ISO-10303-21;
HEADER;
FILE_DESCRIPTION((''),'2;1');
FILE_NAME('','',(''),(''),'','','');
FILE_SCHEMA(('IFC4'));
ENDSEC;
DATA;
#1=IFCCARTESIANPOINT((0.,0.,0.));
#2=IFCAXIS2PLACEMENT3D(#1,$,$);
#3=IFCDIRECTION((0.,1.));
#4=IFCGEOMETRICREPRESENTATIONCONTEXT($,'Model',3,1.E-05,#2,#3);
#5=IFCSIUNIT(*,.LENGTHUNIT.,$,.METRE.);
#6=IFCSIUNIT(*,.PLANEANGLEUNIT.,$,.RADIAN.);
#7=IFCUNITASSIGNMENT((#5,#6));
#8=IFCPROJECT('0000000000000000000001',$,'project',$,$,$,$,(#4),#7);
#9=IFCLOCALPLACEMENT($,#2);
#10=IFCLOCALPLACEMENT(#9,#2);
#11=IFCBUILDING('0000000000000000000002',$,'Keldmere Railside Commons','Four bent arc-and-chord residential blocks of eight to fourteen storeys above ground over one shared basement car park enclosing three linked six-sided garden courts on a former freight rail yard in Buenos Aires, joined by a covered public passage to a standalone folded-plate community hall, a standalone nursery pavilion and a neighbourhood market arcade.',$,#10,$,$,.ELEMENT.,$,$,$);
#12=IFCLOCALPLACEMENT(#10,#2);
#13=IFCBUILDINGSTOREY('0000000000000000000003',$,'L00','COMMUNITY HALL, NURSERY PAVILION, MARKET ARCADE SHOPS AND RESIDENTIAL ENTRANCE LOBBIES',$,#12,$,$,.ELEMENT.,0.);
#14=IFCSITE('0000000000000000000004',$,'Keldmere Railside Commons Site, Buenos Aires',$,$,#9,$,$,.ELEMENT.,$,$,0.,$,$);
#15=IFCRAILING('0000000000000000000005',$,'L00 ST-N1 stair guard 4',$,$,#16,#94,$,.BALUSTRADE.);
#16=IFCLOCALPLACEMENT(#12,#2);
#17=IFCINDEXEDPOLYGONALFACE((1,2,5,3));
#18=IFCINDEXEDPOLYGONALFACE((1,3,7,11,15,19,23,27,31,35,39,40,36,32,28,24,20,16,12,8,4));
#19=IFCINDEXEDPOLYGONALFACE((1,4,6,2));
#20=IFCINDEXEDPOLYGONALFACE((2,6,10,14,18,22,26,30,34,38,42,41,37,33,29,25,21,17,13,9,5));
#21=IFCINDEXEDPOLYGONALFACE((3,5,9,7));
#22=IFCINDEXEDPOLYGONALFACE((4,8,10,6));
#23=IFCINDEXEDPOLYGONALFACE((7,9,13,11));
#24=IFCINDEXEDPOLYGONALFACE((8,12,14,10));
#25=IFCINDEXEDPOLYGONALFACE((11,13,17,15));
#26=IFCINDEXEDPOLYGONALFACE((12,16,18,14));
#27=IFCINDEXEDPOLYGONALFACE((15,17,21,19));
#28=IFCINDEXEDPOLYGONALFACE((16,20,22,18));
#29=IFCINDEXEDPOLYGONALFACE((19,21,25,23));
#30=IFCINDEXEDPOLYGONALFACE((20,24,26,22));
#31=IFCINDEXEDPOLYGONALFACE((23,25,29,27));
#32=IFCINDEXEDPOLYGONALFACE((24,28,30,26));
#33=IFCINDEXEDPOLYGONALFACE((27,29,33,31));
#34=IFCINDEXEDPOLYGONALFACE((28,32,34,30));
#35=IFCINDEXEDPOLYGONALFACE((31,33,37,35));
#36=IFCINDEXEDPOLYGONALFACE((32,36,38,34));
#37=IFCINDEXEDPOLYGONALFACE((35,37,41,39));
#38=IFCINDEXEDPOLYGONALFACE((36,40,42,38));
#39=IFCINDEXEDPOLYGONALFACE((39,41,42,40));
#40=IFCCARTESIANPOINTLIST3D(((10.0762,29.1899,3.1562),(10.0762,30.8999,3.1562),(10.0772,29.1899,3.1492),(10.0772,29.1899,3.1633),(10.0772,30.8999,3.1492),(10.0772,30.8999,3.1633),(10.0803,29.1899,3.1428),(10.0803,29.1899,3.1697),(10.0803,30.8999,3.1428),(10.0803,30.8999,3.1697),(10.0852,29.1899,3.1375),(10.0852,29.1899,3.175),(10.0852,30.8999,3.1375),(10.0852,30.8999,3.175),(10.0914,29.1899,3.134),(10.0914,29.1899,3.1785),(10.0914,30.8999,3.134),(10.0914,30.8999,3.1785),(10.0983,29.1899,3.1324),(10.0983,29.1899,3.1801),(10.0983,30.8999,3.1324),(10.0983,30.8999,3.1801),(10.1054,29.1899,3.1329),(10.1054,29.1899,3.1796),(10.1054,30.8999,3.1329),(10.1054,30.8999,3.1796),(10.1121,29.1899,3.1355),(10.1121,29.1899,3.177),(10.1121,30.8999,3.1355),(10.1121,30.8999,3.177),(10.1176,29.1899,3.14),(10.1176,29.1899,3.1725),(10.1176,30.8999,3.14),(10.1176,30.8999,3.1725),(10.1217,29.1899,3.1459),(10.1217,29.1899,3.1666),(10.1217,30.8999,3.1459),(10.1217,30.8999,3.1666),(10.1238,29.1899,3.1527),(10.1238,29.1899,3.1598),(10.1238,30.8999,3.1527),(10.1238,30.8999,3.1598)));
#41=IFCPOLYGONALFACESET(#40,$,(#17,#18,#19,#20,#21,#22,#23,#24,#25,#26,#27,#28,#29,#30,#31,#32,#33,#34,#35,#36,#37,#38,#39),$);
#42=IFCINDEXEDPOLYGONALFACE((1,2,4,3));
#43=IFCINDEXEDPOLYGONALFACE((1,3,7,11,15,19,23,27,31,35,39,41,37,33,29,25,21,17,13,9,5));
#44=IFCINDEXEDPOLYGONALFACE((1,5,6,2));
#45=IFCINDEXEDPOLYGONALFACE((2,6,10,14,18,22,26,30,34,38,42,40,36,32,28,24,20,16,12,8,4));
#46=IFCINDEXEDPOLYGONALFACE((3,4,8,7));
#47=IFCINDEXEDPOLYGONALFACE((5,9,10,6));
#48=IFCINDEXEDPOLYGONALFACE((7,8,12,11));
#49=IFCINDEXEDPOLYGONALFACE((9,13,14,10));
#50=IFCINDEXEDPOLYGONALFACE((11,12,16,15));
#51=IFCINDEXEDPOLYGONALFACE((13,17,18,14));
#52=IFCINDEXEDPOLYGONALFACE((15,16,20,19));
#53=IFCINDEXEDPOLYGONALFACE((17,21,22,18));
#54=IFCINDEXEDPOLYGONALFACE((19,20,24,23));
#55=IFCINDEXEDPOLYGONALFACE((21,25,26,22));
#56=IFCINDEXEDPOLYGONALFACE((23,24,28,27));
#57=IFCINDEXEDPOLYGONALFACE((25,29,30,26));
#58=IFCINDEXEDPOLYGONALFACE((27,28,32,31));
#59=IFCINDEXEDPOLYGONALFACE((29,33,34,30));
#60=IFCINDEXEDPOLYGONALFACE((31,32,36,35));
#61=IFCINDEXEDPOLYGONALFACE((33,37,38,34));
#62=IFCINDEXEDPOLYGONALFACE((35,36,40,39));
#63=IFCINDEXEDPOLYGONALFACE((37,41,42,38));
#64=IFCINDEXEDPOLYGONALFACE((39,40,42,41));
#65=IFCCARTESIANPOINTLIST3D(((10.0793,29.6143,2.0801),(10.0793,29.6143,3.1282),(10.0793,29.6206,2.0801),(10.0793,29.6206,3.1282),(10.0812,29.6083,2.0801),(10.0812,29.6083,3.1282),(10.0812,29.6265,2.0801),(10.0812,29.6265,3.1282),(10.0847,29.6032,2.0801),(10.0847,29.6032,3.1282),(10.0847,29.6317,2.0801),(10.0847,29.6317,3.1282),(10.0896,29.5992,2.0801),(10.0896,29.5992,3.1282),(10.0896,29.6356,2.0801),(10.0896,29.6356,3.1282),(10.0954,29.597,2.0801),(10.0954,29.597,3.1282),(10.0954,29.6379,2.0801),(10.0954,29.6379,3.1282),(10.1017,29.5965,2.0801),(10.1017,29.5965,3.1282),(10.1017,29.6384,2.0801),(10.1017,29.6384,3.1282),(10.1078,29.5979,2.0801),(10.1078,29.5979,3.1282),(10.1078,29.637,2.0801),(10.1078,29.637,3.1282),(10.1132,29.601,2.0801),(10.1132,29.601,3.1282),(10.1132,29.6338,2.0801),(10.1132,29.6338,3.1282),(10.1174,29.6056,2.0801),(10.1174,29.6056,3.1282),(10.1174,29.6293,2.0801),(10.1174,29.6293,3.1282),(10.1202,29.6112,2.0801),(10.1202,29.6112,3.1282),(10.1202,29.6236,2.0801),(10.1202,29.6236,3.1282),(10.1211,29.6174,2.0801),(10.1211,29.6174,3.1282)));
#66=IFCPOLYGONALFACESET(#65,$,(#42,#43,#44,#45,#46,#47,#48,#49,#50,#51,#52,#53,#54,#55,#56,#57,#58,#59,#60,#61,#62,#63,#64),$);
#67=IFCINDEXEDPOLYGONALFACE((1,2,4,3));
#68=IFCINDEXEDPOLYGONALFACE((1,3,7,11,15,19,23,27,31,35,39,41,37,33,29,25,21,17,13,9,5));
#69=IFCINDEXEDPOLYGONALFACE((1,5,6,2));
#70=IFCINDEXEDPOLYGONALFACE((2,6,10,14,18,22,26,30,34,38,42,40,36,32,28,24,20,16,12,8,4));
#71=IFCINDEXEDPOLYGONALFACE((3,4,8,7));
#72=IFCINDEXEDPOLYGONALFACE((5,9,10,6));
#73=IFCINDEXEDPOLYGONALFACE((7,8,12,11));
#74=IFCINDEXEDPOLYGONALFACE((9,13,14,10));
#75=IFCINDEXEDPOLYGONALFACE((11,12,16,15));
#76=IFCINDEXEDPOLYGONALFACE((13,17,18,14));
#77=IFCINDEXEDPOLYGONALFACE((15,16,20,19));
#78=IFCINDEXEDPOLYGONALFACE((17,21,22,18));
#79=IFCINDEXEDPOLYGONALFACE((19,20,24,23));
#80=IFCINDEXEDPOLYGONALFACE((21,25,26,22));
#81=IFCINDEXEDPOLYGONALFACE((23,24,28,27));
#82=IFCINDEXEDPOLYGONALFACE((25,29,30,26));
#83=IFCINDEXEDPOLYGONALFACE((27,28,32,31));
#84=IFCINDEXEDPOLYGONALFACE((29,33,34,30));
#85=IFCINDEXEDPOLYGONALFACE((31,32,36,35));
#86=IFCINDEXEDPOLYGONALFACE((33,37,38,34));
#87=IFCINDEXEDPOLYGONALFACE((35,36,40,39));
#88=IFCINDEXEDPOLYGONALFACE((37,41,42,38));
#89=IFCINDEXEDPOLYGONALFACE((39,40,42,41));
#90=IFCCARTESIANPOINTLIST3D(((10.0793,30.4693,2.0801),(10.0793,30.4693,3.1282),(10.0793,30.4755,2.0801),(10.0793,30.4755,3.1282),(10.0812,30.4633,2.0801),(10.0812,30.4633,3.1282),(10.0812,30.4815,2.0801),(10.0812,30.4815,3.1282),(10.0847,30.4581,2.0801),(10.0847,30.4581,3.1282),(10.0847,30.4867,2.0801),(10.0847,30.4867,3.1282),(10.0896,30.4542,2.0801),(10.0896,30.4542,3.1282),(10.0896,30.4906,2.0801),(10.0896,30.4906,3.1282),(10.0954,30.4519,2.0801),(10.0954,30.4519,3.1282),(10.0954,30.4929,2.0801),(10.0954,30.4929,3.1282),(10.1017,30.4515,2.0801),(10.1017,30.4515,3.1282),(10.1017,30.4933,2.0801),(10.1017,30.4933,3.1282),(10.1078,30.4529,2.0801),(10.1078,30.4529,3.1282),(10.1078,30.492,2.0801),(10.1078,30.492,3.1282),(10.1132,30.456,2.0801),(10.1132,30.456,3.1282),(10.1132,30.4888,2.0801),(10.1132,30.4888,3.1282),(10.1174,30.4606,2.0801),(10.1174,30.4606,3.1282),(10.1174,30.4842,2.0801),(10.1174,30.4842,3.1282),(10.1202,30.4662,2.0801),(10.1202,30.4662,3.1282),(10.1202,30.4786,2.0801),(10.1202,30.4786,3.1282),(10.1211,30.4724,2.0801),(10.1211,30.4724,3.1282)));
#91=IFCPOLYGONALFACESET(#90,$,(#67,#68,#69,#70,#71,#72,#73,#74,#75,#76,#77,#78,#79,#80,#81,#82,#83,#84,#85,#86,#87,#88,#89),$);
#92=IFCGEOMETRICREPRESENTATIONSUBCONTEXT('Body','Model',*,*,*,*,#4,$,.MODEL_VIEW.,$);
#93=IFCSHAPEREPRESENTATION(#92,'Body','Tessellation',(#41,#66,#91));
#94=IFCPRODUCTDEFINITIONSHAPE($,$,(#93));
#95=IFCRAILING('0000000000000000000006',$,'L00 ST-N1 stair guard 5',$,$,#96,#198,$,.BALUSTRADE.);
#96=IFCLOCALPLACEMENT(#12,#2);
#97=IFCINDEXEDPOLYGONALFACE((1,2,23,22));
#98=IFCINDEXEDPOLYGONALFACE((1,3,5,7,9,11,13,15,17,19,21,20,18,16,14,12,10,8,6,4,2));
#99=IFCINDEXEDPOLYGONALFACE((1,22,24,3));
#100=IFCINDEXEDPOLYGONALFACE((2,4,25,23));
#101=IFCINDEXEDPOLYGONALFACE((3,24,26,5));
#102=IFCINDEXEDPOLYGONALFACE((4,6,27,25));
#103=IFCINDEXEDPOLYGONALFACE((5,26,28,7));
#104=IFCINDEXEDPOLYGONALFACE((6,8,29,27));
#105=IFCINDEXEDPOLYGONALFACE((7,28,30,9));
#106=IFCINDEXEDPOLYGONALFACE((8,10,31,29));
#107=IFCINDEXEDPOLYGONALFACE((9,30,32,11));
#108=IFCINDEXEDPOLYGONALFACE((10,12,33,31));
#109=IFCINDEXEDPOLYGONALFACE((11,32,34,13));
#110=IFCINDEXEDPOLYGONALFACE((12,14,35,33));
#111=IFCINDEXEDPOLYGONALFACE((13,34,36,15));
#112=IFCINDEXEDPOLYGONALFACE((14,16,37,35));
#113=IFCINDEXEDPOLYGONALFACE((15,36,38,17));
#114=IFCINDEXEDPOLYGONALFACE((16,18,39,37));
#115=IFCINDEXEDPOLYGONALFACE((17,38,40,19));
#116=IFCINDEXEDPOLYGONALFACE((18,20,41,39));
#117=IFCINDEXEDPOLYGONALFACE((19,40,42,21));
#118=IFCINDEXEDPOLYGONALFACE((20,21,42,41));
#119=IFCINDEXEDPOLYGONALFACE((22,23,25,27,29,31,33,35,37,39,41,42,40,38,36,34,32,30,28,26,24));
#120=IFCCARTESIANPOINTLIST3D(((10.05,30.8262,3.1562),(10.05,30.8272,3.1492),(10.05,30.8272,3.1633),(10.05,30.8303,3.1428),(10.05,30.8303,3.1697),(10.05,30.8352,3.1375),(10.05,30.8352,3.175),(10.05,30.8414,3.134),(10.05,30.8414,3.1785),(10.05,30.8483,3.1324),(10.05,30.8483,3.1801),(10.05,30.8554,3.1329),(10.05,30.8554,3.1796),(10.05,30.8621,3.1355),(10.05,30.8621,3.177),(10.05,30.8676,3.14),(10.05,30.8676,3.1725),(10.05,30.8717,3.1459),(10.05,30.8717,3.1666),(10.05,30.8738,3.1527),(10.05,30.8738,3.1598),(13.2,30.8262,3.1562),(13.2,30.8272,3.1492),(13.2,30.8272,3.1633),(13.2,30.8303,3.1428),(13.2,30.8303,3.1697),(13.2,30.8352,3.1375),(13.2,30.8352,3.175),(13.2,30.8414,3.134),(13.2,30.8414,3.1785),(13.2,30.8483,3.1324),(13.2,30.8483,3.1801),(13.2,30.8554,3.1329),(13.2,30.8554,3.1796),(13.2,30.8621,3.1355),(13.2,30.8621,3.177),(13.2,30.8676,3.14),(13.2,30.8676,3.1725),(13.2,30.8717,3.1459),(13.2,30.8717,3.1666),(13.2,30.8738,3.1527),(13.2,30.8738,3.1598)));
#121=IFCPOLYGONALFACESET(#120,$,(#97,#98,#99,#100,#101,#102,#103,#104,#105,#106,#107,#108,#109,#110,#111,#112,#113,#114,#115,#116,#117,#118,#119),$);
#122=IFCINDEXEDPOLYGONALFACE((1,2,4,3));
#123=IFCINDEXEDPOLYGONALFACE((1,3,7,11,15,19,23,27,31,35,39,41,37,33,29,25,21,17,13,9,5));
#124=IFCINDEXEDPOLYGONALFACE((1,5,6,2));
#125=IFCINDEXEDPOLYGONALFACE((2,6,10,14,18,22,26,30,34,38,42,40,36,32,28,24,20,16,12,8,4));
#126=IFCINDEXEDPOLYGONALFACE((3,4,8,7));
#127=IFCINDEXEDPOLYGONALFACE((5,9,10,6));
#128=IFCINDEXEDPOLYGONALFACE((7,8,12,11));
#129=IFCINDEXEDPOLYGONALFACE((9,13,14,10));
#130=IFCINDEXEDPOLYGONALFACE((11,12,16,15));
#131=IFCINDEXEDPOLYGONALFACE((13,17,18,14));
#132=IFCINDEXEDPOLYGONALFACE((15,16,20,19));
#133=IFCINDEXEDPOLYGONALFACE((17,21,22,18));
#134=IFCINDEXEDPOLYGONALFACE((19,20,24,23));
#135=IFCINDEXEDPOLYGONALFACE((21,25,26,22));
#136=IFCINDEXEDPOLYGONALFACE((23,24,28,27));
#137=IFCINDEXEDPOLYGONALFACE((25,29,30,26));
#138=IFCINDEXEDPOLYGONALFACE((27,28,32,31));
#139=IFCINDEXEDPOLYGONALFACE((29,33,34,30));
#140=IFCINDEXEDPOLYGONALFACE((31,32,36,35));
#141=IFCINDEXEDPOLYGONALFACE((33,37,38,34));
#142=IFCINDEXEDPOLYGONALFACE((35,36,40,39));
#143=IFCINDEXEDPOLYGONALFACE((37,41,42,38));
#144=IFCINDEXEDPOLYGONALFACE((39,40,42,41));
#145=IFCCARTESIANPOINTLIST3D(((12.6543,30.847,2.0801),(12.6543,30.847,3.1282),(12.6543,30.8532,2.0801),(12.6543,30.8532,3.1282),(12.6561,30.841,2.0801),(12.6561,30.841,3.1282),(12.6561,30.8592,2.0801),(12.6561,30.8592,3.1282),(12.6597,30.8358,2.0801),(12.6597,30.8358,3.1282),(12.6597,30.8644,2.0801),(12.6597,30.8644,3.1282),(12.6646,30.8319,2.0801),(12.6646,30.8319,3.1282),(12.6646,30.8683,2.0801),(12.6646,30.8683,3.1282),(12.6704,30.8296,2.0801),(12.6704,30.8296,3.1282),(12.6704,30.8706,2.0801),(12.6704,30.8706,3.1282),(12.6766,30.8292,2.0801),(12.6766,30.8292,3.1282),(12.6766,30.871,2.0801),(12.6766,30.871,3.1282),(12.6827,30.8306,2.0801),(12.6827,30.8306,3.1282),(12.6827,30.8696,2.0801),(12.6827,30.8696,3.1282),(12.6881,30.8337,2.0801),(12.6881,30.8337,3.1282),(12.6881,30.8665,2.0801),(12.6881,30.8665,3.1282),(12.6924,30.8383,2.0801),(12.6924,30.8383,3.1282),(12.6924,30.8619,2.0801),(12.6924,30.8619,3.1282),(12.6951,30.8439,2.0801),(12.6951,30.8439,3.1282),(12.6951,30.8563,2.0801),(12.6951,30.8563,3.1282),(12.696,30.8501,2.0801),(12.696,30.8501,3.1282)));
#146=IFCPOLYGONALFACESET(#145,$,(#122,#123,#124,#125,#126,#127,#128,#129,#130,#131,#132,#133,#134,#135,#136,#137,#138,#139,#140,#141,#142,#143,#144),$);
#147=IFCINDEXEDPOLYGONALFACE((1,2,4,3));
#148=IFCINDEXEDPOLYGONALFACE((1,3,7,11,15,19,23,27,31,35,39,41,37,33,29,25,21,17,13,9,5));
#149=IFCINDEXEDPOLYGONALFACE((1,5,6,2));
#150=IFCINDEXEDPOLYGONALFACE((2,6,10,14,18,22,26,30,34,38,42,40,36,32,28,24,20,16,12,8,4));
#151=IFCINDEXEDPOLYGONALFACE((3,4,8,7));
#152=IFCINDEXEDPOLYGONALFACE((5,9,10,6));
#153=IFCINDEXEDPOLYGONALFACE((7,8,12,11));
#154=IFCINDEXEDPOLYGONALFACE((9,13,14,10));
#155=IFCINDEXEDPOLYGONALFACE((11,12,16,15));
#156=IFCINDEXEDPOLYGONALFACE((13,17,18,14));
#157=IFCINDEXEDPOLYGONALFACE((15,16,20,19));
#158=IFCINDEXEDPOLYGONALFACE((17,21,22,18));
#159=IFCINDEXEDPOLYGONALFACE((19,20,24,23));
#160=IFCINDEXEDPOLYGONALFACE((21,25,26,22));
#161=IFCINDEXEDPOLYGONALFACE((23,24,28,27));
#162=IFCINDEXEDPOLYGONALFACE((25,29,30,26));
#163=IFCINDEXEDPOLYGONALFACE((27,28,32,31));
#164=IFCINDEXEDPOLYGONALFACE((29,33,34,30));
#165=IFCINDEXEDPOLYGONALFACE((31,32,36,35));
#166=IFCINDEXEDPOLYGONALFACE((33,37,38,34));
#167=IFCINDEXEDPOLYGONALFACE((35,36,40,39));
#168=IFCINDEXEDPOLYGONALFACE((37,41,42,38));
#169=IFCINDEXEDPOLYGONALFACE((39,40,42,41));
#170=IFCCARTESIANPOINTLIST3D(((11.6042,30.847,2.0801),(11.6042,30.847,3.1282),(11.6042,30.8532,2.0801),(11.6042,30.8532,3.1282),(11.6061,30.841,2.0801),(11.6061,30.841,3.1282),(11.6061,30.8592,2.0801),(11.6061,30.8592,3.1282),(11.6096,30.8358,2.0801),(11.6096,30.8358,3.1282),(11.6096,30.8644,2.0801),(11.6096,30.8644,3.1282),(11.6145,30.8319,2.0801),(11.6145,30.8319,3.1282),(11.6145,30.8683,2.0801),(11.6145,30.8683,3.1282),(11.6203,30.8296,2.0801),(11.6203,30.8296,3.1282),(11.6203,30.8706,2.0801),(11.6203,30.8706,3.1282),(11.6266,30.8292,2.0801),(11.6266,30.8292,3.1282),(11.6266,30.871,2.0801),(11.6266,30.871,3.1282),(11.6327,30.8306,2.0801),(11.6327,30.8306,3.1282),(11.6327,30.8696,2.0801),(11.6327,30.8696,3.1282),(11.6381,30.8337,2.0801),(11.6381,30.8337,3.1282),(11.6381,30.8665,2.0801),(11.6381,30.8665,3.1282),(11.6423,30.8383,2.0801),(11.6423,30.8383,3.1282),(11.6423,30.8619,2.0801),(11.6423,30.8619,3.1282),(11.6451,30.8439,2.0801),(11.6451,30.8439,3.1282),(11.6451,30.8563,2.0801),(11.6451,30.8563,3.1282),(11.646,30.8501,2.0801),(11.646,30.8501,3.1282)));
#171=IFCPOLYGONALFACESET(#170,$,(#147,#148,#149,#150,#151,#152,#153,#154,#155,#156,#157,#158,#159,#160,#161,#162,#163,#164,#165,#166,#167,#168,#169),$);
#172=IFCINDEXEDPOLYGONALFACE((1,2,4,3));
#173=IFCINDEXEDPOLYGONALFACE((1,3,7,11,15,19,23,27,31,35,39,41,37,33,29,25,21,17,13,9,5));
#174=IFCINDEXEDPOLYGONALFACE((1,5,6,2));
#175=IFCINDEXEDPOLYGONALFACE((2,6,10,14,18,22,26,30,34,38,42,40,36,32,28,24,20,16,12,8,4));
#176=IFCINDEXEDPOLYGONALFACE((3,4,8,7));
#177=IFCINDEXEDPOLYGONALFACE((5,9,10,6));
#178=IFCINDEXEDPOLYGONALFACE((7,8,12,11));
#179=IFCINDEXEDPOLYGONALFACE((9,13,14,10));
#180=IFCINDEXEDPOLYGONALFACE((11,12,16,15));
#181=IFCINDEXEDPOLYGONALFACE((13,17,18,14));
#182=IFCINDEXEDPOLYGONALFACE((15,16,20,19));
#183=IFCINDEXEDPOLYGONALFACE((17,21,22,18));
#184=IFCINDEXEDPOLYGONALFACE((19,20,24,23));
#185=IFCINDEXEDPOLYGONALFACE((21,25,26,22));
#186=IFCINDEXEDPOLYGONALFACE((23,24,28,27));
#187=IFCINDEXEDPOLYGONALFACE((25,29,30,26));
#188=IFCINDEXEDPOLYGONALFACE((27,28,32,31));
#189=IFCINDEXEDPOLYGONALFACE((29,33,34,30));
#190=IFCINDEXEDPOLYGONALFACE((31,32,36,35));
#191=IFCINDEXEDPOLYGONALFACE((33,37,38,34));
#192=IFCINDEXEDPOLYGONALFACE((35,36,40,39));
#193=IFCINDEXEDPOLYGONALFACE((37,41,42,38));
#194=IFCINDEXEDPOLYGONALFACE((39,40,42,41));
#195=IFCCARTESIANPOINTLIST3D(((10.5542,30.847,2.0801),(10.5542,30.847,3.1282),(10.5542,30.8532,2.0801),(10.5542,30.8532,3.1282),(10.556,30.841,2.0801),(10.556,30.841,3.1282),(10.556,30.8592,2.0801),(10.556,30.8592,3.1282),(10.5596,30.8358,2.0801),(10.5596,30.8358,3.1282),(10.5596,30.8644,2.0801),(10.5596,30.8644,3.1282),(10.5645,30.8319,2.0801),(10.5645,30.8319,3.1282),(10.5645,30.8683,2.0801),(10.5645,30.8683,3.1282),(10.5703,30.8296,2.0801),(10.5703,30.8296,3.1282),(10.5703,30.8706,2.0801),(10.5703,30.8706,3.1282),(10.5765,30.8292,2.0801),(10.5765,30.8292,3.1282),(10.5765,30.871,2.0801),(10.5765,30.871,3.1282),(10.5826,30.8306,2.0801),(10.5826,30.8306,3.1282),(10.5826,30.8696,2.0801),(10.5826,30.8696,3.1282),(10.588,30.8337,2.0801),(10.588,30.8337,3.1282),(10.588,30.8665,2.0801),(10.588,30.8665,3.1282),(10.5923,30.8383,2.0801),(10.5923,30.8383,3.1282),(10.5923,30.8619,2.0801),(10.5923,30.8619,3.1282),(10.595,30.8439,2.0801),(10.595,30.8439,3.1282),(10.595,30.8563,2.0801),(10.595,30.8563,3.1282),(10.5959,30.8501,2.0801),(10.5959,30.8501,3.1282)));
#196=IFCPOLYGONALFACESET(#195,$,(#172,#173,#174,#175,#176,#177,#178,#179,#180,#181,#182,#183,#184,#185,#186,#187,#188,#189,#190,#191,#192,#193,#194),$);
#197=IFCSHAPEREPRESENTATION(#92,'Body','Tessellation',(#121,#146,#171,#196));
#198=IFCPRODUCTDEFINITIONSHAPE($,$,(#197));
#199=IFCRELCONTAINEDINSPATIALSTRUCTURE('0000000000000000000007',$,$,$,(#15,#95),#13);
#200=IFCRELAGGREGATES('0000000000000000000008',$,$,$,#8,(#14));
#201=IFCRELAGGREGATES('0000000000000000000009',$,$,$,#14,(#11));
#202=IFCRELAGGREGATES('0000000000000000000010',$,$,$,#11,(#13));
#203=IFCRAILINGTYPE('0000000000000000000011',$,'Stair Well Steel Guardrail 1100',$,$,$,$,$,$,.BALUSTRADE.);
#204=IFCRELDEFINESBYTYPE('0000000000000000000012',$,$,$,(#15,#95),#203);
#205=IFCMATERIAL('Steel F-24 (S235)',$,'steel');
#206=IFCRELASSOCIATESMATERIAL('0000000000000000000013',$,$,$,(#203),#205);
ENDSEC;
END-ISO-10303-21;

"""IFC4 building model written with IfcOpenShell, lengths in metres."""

from ifc_helpers import new_model, si_unit, direction, frame, origin, origin_2d, place, context, subcontext, project, spatial, circle, extrude, material, type_object, element, save


model = new_model("IFC4")

# Units and contexts
model_context = context("Model", 3, precision=1e-05, world=origin(), true_north=direction((0.0, 1.0)))
body_context = subcontext(model_context, "Body", "Model", "MODEL_VIEW")
ifc_project = project(units=[si_unit("LENGTHUNIT", "METRE"), si_unit("PLANEANGLEUNIT", "RADIAN")], contexts=[model_context])

# Site, building, storey
site_placement = place(None, origin())
site = spatial("IfcSite", under=ifc_project, at=site_placement, Name="Keldmere Railside Commons Site, Buenos Aires", CompositionType="ELEMENT", RefElevation=0.0)
building_placement = place(site_placement, origin())
building = spatial("IfcBuilding", under=site, at=building_placement, Name="Keldmere Railside Commons", Description="Four bent arc-and-chord residential blocks of eight to fourteen storeys above ground over one shared basement car park enclosing three linked six-sided garden courts on a former freight rail yard in Buenos Aires, joined by a covered public passage to a standalone folded-plate community hall, a standalone nursery pavilion and a neighbourhood market arcade.", CompositionType="ELEMENT")
storey_placement = place(building_placement, origin())
storey = spatial("IfcBuildingStorey", under=building, at=storey_placement, Name="L00", Description="COMMUNITY HALL, NURSERY PAVILION, MARKET ARCADE SHOPS AND RESIDENTIAL ENTRANCE LOBBIES", CompositionType="ELEMENT", Elevation=0.0)

# Shared definitions
ifc_material_1 = material(Name="Steel F-24 (S235)", Category="steel")

# Railings
railing_type_1 = type_object("IfcRailingType", Name="Stair Well Steel Guardrail 1100", PredefinedType="BALUSTRADE", material=ifc_material_1)
for number, where, name in (
    (1, (10.1001, 29.1899, 2.0801), "L00 ST-N1 stair guard 4"),
):
    element("IfcRailing", number, at=place(storey_placement, frame(where)), inside=storey, type_object=railing_type_1, Name=name, PredefinedType="BALUSTRADE", context=body_context, shape_type="SweptSolid", body=[
        extrude(circle(Radius=0.0239, at=origin_2d()), frame((0.0, 0.0, 1.0762), z_axis=(0.0, 1.0, 0.0), x_axis=(-1.0, 0.0, 0.0)), (0.0, 0.0, 1.0), 1.71),
        extrude(circle(Radius=0.021, at=origin_2d()), frame((0.0, 0.4275, 0.0)), (0.0, 0.0, 1.0), 1.0481),
        extrude(circle(Radius=0.021, at=origin_2d()), frame((0.0, 1.2825, 0.0)), (0.0, 0.0, 1.0), 1.0481),
    ])
railing_1_placement = place(storey_placement, frame((13.2, 30.8501, 2.0801)))
element("IfcRailing", 2, at=railing_1_placement, inside=storey, type_object=railing_type_1, Name="L00 ST-N1 stair guard 5", PredefinedType="BALUSTRADE", context=body_context, shape_type="SweptSolid", body=[
    extrude(circle(Radius=0.0239, at=origin_2d()), frame((0.0, 0.0, 1.0762), z_axis=(-1.0, 0.0, 0.0), x_axis=(0.0, -1.0, 0.0)), (0.0, 0.0, 1.0), 3.1499),
    extrude(circle(Radius=0.021, at=origin_2d()), frame((-0.5249, 0.0, 0.0)), (0.0, 0.0, 1.0), 1.0481),
    extrude(circle(Radius=0.021, at=origin_2d()), frame((-1.575, 0.0, 0.0)), (0.0, 0.0, 1.0), 1.0481),
    extrude(circle(Radius=0.021, at=origin_2d()), frame((-2.625, 0.0, 0.0)), (0.0, 0.0, 1.0), 1.0481),
])

save(model, "model.ifc")
